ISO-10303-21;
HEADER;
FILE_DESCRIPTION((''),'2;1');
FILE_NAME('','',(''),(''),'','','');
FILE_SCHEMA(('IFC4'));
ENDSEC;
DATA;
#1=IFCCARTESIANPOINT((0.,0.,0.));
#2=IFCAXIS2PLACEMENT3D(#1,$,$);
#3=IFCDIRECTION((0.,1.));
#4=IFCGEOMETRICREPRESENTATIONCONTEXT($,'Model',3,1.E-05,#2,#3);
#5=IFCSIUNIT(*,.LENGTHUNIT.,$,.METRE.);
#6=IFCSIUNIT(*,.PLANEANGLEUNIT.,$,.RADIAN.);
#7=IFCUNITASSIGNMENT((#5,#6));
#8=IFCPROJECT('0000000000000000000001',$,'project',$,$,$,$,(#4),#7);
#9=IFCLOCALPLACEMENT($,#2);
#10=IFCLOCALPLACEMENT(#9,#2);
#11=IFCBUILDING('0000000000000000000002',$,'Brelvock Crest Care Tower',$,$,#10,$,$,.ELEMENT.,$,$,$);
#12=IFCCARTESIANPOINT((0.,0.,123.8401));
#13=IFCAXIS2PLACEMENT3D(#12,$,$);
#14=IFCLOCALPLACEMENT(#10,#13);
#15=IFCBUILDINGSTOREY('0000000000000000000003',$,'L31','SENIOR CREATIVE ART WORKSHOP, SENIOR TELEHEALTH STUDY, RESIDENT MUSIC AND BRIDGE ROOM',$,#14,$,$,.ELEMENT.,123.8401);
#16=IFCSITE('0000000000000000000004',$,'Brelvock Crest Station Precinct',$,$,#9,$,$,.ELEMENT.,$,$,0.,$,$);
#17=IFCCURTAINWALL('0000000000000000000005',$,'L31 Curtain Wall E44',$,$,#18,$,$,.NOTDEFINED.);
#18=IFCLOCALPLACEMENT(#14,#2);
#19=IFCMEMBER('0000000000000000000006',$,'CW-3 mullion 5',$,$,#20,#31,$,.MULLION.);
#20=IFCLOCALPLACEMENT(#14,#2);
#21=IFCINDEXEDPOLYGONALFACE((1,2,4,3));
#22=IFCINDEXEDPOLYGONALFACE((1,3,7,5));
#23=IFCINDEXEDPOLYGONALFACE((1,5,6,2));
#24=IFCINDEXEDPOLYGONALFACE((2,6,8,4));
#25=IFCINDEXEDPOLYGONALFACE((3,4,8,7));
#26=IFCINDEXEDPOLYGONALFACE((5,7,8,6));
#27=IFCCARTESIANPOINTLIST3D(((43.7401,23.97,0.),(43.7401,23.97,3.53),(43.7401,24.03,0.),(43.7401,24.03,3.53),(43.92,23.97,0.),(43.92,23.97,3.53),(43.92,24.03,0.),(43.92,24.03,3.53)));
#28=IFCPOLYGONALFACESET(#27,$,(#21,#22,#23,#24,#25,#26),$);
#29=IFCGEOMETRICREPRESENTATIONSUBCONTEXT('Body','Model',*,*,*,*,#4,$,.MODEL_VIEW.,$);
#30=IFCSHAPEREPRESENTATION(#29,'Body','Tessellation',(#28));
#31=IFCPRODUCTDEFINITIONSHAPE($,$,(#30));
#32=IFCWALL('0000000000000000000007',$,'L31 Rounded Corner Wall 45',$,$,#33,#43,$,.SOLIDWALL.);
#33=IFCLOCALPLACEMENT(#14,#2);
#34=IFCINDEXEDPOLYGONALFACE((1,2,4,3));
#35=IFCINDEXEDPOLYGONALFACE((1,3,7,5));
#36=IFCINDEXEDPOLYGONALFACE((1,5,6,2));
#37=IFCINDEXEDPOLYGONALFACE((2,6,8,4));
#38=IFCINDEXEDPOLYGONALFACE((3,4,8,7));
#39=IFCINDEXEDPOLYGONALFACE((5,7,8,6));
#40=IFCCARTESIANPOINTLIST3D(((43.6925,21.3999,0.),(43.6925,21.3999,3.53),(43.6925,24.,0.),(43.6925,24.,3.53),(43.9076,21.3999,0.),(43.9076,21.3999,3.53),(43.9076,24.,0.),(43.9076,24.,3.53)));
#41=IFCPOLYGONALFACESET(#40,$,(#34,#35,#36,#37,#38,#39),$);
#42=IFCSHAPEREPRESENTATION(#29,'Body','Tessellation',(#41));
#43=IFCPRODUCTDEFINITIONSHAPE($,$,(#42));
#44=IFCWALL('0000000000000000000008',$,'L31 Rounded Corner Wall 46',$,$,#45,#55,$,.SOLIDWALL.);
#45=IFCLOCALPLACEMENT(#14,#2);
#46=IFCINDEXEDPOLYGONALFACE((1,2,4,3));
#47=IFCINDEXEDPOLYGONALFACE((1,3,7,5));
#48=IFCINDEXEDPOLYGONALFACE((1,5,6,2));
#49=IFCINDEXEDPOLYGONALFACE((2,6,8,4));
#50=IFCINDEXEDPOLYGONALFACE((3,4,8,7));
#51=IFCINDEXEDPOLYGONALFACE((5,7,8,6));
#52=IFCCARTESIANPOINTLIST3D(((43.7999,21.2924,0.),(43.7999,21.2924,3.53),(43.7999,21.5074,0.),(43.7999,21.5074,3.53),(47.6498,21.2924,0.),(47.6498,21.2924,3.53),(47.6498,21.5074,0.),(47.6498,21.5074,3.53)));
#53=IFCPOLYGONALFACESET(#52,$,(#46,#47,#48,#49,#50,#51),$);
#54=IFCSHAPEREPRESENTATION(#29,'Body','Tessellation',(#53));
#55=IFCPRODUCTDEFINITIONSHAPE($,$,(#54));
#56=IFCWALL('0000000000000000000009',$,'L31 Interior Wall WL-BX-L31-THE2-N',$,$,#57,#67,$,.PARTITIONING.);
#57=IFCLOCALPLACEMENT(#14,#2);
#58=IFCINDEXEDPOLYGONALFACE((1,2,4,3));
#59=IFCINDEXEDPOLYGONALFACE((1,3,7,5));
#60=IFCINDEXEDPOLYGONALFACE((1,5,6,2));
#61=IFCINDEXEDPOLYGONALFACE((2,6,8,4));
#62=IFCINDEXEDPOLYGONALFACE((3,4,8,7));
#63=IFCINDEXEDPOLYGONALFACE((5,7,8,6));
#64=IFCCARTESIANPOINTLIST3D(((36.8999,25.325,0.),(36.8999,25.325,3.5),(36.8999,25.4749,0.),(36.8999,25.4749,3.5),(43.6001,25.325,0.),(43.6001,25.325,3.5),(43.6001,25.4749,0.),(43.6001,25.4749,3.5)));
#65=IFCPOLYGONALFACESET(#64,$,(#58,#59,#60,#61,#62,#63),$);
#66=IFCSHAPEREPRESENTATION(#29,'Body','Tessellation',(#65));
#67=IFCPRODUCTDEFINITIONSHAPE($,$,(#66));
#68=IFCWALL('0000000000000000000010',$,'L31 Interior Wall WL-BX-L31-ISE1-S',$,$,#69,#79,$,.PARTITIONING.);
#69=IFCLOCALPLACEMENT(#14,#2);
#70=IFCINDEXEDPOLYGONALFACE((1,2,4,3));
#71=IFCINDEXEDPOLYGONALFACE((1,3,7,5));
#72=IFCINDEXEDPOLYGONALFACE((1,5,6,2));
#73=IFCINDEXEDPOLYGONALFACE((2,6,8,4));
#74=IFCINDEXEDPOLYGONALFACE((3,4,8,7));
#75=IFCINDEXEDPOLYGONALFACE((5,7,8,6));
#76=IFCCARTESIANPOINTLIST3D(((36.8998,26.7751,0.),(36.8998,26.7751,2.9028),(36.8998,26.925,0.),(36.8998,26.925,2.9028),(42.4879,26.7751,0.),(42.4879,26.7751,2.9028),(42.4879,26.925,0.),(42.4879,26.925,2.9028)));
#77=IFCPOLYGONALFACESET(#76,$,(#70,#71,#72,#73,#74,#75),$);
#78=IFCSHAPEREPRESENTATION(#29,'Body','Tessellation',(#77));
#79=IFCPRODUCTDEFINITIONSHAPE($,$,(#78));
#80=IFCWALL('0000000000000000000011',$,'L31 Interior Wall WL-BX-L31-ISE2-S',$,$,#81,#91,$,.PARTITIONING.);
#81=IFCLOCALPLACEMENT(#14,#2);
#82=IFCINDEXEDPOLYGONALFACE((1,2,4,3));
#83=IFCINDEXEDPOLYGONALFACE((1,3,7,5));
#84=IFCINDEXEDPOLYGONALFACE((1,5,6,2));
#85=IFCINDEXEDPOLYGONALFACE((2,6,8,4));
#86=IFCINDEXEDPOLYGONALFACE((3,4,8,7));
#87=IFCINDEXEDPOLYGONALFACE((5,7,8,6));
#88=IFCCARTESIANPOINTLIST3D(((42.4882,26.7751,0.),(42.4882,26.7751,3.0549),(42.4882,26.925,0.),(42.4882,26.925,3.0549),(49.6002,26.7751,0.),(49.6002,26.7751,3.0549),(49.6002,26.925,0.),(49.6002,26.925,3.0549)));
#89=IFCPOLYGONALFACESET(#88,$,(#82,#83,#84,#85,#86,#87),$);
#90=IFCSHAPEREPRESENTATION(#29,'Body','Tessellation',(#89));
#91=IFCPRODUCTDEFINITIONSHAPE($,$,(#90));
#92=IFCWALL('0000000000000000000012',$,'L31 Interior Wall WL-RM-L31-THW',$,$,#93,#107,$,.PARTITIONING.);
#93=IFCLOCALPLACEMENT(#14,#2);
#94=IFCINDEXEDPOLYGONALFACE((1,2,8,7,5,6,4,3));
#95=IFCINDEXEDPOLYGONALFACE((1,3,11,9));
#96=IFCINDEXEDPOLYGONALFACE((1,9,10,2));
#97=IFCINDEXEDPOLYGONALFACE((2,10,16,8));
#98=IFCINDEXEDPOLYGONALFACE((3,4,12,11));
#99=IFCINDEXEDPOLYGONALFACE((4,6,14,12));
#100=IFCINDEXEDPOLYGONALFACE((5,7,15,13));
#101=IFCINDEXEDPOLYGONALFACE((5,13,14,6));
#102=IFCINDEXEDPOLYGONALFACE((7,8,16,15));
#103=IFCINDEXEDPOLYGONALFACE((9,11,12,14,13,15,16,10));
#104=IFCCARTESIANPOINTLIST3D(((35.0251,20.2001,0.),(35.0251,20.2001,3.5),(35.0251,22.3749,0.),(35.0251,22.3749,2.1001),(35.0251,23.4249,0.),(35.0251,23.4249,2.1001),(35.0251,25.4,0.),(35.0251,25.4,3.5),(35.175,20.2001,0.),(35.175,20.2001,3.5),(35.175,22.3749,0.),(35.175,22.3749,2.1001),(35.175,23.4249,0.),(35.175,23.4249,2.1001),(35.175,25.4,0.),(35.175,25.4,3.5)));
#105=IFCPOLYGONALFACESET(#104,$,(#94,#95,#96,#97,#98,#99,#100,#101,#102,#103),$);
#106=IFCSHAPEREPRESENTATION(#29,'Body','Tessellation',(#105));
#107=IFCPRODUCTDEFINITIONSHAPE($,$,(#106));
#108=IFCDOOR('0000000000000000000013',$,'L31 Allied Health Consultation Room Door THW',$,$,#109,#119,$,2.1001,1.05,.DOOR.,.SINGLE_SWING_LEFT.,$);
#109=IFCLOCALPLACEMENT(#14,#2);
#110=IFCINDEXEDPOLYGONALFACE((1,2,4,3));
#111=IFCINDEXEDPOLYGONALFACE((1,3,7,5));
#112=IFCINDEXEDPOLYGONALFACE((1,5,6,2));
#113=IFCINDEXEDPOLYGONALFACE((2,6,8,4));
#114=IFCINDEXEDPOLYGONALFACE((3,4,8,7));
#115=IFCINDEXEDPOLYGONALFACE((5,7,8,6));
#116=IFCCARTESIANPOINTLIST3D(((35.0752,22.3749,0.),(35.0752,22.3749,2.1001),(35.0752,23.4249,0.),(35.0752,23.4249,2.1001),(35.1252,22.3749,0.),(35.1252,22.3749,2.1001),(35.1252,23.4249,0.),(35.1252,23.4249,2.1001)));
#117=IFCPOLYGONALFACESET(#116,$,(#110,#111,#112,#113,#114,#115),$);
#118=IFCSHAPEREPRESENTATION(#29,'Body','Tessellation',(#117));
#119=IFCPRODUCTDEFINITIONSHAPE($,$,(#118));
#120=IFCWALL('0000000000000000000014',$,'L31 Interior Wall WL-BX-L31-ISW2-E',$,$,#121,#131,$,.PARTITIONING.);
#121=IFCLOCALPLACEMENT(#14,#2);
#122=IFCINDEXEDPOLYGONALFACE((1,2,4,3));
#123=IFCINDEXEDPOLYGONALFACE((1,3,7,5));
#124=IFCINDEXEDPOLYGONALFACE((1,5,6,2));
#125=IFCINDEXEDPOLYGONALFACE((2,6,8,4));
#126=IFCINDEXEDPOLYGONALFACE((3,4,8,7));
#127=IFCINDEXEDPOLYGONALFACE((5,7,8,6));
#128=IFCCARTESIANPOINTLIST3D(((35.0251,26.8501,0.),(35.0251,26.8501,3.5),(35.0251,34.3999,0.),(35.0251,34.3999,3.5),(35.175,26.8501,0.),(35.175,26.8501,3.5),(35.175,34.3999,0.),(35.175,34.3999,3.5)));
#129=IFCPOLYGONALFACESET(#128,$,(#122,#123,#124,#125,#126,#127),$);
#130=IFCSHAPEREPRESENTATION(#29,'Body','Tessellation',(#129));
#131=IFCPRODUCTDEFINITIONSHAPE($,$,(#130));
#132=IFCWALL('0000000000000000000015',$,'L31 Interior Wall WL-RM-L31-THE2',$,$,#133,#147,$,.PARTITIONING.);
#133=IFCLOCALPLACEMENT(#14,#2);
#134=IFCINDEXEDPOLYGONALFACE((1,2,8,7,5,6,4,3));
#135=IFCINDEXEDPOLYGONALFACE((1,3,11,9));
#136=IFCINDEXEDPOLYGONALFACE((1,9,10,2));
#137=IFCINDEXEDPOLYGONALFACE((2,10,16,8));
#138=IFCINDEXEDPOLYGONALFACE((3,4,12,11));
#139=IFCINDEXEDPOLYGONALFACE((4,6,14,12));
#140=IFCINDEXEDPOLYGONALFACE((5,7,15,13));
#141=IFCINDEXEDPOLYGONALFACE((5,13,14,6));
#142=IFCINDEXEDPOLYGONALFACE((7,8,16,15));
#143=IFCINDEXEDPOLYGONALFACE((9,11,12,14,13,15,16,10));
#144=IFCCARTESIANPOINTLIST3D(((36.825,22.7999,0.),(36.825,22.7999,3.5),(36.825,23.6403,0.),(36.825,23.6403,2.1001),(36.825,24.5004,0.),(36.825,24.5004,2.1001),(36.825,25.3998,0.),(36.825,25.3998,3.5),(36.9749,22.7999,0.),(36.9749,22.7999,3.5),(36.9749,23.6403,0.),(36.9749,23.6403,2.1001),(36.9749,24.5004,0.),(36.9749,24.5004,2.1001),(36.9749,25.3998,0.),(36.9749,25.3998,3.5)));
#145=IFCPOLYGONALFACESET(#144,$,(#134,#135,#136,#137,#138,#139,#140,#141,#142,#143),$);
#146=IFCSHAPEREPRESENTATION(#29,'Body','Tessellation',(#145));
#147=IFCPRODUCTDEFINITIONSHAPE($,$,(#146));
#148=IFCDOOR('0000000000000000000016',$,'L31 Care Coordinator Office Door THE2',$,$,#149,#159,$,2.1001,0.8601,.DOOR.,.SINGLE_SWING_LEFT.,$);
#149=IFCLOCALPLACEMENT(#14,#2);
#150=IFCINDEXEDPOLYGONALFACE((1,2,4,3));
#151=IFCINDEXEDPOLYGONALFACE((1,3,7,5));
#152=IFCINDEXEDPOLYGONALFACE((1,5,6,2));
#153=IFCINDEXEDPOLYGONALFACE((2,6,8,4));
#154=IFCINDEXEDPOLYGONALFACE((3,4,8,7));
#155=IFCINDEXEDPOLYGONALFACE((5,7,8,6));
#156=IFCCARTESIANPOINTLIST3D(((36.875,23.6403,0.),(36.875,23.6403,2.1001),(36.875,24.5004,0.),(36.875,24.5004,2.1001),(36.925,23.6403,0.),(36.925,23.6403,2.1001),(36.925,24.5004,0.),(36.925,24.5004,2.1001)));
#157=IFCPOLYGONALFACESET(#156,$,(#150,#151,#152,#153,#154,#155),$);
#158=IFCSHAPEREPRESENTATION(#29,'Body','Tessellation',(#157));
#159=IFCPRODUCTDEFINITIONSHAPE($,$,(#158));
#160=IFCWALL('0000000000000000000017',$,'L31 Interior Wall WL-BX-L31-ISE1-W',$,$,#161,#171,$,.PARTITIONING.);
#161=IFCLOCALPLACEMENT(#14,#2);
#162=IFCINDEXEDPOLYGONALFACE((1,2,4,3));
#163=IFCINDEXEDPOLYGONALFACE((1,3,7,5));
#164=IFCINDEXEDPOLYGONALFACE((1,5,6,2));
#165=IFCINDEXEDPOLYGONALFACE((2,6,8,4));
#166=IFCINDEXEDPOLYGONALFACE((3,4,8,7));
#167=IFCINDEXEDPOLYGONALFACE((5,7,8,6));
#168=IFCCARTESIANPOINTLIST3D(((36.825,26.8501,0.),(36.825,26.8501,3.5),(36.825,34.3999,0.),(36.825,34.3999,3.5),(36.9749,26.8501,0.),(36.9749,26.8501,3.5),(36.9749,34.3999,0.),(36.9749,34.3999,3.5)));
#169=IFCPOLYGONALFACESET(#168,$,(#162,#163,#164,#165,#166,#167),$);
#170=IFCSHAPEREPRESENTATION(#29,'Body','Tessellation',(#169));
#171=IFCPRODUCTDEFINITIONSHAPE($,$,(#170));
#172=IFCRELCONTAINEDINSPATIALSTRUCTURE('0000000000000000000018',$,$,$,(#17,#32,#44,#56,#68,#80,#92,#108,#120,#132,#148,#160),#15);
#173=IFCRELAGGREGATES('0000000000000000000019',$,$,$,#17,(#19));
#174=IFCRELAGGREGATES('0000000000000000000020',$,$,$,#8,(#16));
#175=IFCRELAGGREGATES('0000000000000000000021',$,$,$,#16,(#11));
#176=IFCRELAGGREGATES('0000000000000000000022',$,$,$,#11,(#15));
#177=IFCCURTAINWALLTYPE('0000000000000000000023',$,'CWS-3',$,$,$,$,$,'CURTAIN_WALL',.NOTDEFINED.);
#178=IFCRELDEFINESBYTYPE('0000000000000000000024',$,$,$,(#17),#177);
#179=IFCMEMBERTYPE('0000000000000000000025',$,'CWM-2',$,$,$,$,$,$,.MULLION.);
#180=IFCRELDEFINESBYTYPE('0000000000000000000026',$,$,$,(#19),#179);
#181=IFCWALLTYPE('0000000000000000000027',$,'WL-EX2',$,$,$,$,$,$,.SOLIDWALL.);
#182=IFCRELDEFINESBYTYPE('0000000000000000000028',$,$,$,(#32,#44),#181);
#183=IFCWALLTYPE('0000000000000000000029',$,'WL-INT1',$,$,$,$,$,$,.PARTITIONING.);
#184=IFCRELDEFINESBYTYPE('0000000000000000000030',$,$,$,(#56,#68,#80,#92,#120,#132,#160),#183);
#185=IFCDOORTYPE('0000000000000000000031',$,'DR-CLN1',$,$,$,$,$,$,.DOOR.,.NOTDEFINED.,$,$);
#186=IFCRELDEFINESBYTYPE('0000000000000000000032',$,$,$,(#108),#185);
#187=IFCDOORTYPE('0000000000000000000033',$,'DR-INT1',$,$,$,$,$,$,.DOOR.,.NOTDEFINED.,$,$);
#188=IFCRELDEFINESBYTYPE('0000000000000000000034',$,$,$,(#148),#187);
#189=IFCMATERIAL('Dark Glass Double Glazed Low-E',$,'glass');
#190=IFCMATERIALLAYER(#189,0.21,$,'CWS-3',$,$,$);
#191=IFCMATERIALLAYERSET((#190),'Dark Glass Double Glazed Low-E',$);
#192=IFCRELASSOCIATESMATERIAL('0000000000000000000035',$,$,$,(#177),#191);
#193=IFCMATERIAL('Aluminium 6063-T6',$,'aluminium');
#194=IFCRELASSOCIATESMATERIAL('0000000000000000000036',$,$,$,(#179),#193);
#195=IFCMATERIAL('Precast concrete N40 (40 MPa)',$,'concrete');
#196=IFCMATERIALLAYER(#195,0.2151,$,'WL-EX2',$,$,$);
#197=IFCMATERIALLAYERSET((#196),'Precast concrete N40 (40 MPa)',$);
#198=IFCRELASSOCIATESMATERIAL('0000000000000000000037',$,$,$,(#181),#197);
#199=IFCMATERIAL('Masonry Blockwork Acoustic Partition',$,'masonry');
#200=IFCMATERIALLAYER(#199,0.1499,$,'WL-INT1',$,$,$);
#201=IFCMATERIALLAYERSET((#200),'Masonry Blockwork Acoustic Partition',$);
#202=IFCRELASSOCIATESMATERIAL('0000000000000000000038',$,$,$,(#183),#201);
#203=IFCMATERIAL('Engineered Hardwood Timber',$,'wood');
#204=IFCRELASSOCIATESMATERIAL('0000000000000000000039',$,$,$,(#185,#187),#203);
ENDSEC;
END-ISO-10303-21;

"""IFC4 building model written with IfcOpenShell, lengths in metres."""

from ifc_helpers import new_model, si_unit, direction, frame, frame_2d, origin, origin_2d, place, context, subcontext, project, spatial, rectangle, extrude, source, transform, mapped, material, layer, layer_set, material_profile, profile_set, type_object, element, fill, aggregate, save


model = new_model("IFC4")

# Units and contexts
model_context = context("Model", 3, precision=1e-05, world=origin(), true_north=direction((0.0, 1.0)))
body_context = subcontext(model_context, "Body", "Model", "MODEL_VIEW")
ifc_project = project(units=[si_unit("LENGTHUNIT", "METRE"), si_unit("PLANEANGLEUNIT", "RADIAN")], contexts=[model_context])

# Site, building, storey
site_placement = place(None, origin())
site = spatial("IfcSite", under=ifc_project, at=site_placement, Name="Brelvock Crest Station Precinct", CompositionType="ELEMENT", RefElevation=0.0)
building_placement = place(site_placement, origin())
building = spatial("IfcBuilding", under=site, at=building_placement, Name="Brelvock Crest Care Tower", CompositionType="ELEMENT")
storey_placement = place(building_placement, frame((0.0, 0.0, 123.8401)))
storey = spatial("IfcBuildingStorey", under=building, at=storey_placement, Name="L31", Description="SENIOR CREATIVE ART WORKSHOP, SENIOR TELEHEALTH STUDY, RESIDENT MUSIC AND BRIDGE ROOM", CompositionType="ELEMENT", Elevation=123.8401)

# Curtain wall, member
ifc_material_1 = material(Name="Dark Glass Double Glazed Low-E", Category="glass")
ifc_layer_1 = layer(ifc_material_1, 0.21, Name="CWS-3")
ifc_layer_set_1 = layer_set([ifc_layer_1], Name="Dark Glass Double Glazed Low-E")
curtain_wall_type = type_object("IfcCurtainWallType", Name="CWS-3", ElementType="CURTAIN_WALL", PredefinedType="NOTDEFINED", material=ifc_layer_set_1)
curtain_wall_placement = place(storey_placement, origin())
curtain_wall = element("IfcCurtainWall", 1, at=curtain_wall_placement, inside=storey, type_object=curtain_wall_type, Name="L31 Curtain Wall E44", PredefinedType="NOTDEFINED")
ifc_material_2 = material(Name="Aluminium 6063-T6", Category="aluminium")
ifc_material_profile_1 = material_profile(ifc_material_2, rectangle(XDim=0.0601, YDim=0.1799, at=origin_2d()), Name="ALU60x180")
ifc_profile_set_1 = profile_set([ifc_material_profile_1], Name="Aluminium 6063-T6")
member_type = type_object("IfcMemberType", Name="CWM-2", PredefinedType="MULLION", material=ifc_profile_set_1)
shared_shape_1 = source(origin(), body_context, "Body", "SweptSolid", [
    extrude(rectangle(XDim=0.0601, YDim=0.1799, at=origin_2d()), origin(), (0.0, 0.0, 1.0), 3.53),
])
member_placement = place(storey_placement, frame((43.8301, 24.0, 0.0), z_axis=(0.0, 0.0, 1.0), x_axis=(0.0, -1.0, 0.0)))
member = element("IfcMember", 2, at=member_placement, type_object=member_type, Name="CW-3 mullion 5", PredefinedType="MULLION", context=body_context, shape_type="MappedRepresentation", body=[
    mapped(shared_shape_1, transform((0.0, 0.0, 0.0), x_axis=(1.0, 0.0, 0.0), y_axis=(0.0, 1.0, 0.0), z_axis=(0.0, 0.0, 1.0), scale=1.0)),
])
aggregate(curtain_wall, [member])

# Walls
ifc_material_3 = material(Name="Precast concrete N40 (40 MPa)", Category="concrete")
ifc_layer_2 = layer(ifc_material_3, 0.2151, Name="WL-EX2")
ifc_layer_set_2 = layer_set([ifc_layer_2], Name="Precast concrete N40 (40 MPa)")
wall_type_1 = type_object("IfcWallType", Name="WL-EX2", PredefinedType="SOLIDWALL", material=ifc_layer_set_2)
wall_1_placement = place(storey_placement, frame((43.8, 24.0, 0.0), z_axis=(0.0, 0.0, 1.0), x_axis=(0.0, -1.0, 0.0)))
element("IfcWall", 3, at=wall_1_placement, inside=storey, type_object=wall_type_1, Name="L31 Rounded Corner Wall 45", PredefinedType="SOLIDWALL", context=body_context, shape_type="SweptSolid", body=[
    extrude(rectangle(XDim=2.6001, YDim=0.2151, at=frame_2d((1.3, 0.0))), origin(), (0.0, 0.0, 1.0), 3.53),
])
wall_2_placement = place(storey_placement, frame((43.8, 21.3999, 0.0), z_axis=(0.0, 0.0, 1.0), x_axis=(1.0, 0.0, 0.0)))
element("IfcWall", 4, at=wall_2_placement, inside=storey, type_object=wall_type_1, Name="L31 Rounded Corner Wall 46", PredefinedType="SOLIDWALL", context=body_context, shape_type="SweptSolid", body=[
    extrude(rectangle(XDim=3.8499, YDim=0.2151, at=frame_2d((1.9248, 0.0))), origin(), (0.0, 0.0, 1.0), 3.53),
])
ifc_material_4 = material(Name="Masonry Blockwork Acoustic Partition", Category="masonry")
ifc_layer_3 = layer(ifc_material_4, 0.1499, Name="WL-INT1")
ifc_layer_set_3 = layer_set([ifc_layer_3], Name="Masonry Blockwork Acoustic Partition")
wall_type_2 = type_object("IfcWallType", Name="WL-INT1", PredefinedType="PARTITIONING", material=ifc_layer_set_3)
wall_3_placement = place(storey_placement, frame((36.8999, 25.3999, 0.0), z_axis=(0.0, 0.0, 1.0), x_axis=(1.0, 0.0, 0.0)))
element("IfcWall", 5, at=wall_3_placement, inside=storey, type_object=wall_type_2, Name="L31 Interior Wall WL-BX-L31-THE2-N", PredefinedType="PARTITIONING", context=body_context, shape_type="SweptSolid", body=[
    extrude(rectangle(XDim=6.7002, YDim=0.1499, at=frame_2d((3.3501, 0.0))), origin(), (0.0, 0.0, 1.0), 3.5),
])
wall_4_placement = place(storey_placement, frame((36.8999, 26.8501, 0.0), z_axis=(0.0, 0.0, 1.0), x_axis=(1.0, 0.0, 0.0)))
element("IfcWall", 6, at=wall_4_placement, inside=storey, type_object=wall_type_2, Name="L31 Interior Wall WL-BX-L31-ISE1-S", PredefinedType="PARTITIONING", context=body_context, shape_type="SweptSolid", body=[
    extrude(rectangle(XDim=5.5881, YDim=0.1499, at=frame_2d((2.7939, 0.0))), origin(), (0.0, 0.0, 1.0), 2.9028),
])
wall_5_placement = place(storey_placement, frame((42.488, 26.8501, 0.0), z_axis=(0.0, 0.0, 1.0), x_axis=(1.0, 0.0, 0.0)))
element("IfcWall", 7, at=wall_5_placement, inside=storey, type_object=wall_type_2, Name="L31 Interior Wall WL-BX-L31-ISE2-S", PredefinedType="PARTITIONING", context=body_context, shape_type="SweptSolid", body=[
    extrude(rectangle(XDim=7.1121, YDim=0.1499, at=frame_2d((3.5562, 0.0))), origin(), (0.0, 0.0, 1.0), 3.0549),
])

# Wall, opening, door
wall_6_placement = place(storey_placement, frame((35.1001, 20.2, 0.0), z_axis=(0.0, 0.0, 1.0), x_axis=(0.0, 1.0, 0.0)))
wall_6 = element("IfcWall", 8, at=wall_6_placement, inside=storey, type_object=wall_type_2, Name="L31 Interior Wall WL-RM-L31-THW", PredefinedType="PARTITIONING", context=body_context, shape_type="SweptSolid", body=[
    extrude(rectangle(XDim=5.2, YDim=0.1499, at=frame_2d((2.6001, 0.0))), origin(), (0.0, 0.0, 1.0), 3.5),
])
opening_1_placement = place(wall_6_placement, frame((2.175, 0.0, 0.0)))
opening_1 = element("IfcOpeningElement", 9, at=opening_1_placement, cuts=wall_6, PredefinedType="OPENING", context=body_context, shape_type="SweptSolid", body=[
    extrude(rectangle(XDim=1.05, YDim=2.1001, at=origin_2d()), frame((0.5249, 0.085, 1.05), z_axis=(0.0, -1.0, 0.0), x_axis=(1.0, 0.0, 0.0)), (0.0, 0.0, 1.0), 0.1699),
])
ifc_material_5 = material(Name="Engineered Hardwood Timber", Category="wood")
door_type_1 = type_object("IfcDoorType", Name="DR-CLN1", OperationType="NOTDEFINED", PredefinedType="DOOR", material=ifc_material_5)
shared_shape_2 = source(origin(), body_context, "Body", "SweptSolid", [
    extrude(rectangle(XDim=1.05, YDim=2.1001, at=origin_2d()), frame((0.5249, 0.0249, 1.05), z_axis=(0.0, -1.0, 0.0), x_axis=(1.0, 0.0, 0.0)), (0.0, 0.0, 1.0), 0.05),
])
door_1_placement = place(opening_1_placement, origin())
door_1 = element("IfcDoor", 10, at=door_1_placement, inside=storey, type_object=door_type_1, Name="L31 Allied Health Consultation Room Door THW", OperationType="SINGLE_SWING_LEFT", OverallHeight=2.1001, OverallWidth=1.05, PredefinedType="DOOR", context=body_context, shape_type="MappedRepresentation", body=[
    mapped(shared_shape_2, transform((0.0, 0.0, 0.0), x_axis=(1.0, 0.0, 0.0), y_axis=(0.0, 1.0, 0.0), z_axis=(0.0, 0.0, 1.0), scale=1.0)),
])
fill(opening_1, door_1)

# Wall
wall_7_placement = place(storey_placement, frame((35.1001, 26.8501, 0.0), z_axis=(0.0, 0.0, 1.0), x_axis=(0.0, 1.0, 0.0)))
element("IfcWall", 11, at=wall_7_placement, inside=storey, type_object=wall_type_2, Name="L31 Interior Wall WL-BX-L31-ISW2-E", PredefinedType="PARTITIONING", context=body_context, shape_type="SweptSolid", body=[
    extrude(rectangle(XDim=7.5498, YDim=0.1499, at=frame_2d((3.7749, 0.0))), origin(), (0.0, 0.0, 1.0), 3.5),
])

# Wall, opening, door
wall_8_placement = place(storey_placement, frame((36.8999, 22.8, 0.0), z_axis=(0.0, 0.0, 1.0), x_axis=(0.0, 1.0, 0.0)))
wall_8 = element("IfcWall", 12, at=wall_8_placement, inside=storey, type_object=wall_type_2, Name="L31 Interior Wall WL-RM-L31-THE2", PredefinedType="PARTITIONING", context=body_context, shape_type="SweptSolid", body=[
    extrude(rectangle(XDim=2.5999, YDim=0.1499, at=frame_2d((1.2998, 0.0))), origin(), (0.0, 0.0, 1.0), 3.5),
])
opening_2_placement = place(wall_8_placement, frame((0.8401, 0.0, 0.0)))
opening_2 = element("IfcOpeningElement", 13, at=opening_2_placement, cuts=wall_8, PredefinedType="OPENING", context=body_context, shape_type="SweptSolid", body=[
    extrude(rectangle(XDim=0.8601, YDim=2.1001, at=origin_2d()), frame((0.4302, 0.085, 1.05), z_axis=(0.0, -1.0, 0.0), x_axis=(1.0, 0.0, 0.0)), (0.0, 0.0, 1.0), 0.1699),
])
door_type_2 = type_object("IfcDoorType", Name="DR-INT1", OperationType="NOTDEFINED", PredefinedType="DOOR", material=ifc_material_5)
shared_shape_3 = source(origin(), body_context, "Body", "SweptSolid", [
    extrude(rectangle(XDim=0.8601, YDim=2.1001, at=origin_2d()), frame((0.4302, 0.0249, 1.05), z_axis=(0.0, -1.0, 0.0), x_axis=(1.0, 0.0, 0.0)), (0.0, 0.0, 1.0), 0.05),
])
door_2_placement = place(opening_2_placement, origin())
door_2 = element("IfcDoor", 14, at=door_2_placement, inside=storey, type_object=door_type_2, Name="L31 Care Coordinator Office Door THE2", OperationType="SINGLE_SWING_LEFT", OverallHeight=2.1001, OverallWidth=0.8601, PredefinedType="DOOR", context=body_context, shape_type="MappedRepresentation", body=[
    mapped(shared_shape_3, transform((0.0, 0.0, 0.0), x_axis=(1.0, 0.0, 0.0), y_axis=(0.0, 1.0, 0.0), z_axis=(0.0, 0.0, 1.0), scale=1.0)),
])
fill(opening_2, door_2)

# Wall
for number, where, z_axis, x_axis, name in (
    (15, (36.8999, 26.8501, 0.0), (0.0, 0.0, 1.0), (0.0, 1.0, 0.0), "L31 Interior Wall WL-BX-L31-ISE1-W"),
):
    element("IfcWall", number, at=place(storey_placement, frame(where, z_axis=z_axis, x_axis=x_axis)), inside=storey, type_object=wall_type_2, Name=name, PredefinedType="PARTITIONING", context=body_context, shape_type="SweptSolid", body=[
        extrude(rectangle(XDim=7.5498, YDim=0.1499, at=frame_2d((3.7749, 0.0))), origin(), (0.0, 0.0, 1.0), 3.5),
    ])

save(model, "model.ifc")
